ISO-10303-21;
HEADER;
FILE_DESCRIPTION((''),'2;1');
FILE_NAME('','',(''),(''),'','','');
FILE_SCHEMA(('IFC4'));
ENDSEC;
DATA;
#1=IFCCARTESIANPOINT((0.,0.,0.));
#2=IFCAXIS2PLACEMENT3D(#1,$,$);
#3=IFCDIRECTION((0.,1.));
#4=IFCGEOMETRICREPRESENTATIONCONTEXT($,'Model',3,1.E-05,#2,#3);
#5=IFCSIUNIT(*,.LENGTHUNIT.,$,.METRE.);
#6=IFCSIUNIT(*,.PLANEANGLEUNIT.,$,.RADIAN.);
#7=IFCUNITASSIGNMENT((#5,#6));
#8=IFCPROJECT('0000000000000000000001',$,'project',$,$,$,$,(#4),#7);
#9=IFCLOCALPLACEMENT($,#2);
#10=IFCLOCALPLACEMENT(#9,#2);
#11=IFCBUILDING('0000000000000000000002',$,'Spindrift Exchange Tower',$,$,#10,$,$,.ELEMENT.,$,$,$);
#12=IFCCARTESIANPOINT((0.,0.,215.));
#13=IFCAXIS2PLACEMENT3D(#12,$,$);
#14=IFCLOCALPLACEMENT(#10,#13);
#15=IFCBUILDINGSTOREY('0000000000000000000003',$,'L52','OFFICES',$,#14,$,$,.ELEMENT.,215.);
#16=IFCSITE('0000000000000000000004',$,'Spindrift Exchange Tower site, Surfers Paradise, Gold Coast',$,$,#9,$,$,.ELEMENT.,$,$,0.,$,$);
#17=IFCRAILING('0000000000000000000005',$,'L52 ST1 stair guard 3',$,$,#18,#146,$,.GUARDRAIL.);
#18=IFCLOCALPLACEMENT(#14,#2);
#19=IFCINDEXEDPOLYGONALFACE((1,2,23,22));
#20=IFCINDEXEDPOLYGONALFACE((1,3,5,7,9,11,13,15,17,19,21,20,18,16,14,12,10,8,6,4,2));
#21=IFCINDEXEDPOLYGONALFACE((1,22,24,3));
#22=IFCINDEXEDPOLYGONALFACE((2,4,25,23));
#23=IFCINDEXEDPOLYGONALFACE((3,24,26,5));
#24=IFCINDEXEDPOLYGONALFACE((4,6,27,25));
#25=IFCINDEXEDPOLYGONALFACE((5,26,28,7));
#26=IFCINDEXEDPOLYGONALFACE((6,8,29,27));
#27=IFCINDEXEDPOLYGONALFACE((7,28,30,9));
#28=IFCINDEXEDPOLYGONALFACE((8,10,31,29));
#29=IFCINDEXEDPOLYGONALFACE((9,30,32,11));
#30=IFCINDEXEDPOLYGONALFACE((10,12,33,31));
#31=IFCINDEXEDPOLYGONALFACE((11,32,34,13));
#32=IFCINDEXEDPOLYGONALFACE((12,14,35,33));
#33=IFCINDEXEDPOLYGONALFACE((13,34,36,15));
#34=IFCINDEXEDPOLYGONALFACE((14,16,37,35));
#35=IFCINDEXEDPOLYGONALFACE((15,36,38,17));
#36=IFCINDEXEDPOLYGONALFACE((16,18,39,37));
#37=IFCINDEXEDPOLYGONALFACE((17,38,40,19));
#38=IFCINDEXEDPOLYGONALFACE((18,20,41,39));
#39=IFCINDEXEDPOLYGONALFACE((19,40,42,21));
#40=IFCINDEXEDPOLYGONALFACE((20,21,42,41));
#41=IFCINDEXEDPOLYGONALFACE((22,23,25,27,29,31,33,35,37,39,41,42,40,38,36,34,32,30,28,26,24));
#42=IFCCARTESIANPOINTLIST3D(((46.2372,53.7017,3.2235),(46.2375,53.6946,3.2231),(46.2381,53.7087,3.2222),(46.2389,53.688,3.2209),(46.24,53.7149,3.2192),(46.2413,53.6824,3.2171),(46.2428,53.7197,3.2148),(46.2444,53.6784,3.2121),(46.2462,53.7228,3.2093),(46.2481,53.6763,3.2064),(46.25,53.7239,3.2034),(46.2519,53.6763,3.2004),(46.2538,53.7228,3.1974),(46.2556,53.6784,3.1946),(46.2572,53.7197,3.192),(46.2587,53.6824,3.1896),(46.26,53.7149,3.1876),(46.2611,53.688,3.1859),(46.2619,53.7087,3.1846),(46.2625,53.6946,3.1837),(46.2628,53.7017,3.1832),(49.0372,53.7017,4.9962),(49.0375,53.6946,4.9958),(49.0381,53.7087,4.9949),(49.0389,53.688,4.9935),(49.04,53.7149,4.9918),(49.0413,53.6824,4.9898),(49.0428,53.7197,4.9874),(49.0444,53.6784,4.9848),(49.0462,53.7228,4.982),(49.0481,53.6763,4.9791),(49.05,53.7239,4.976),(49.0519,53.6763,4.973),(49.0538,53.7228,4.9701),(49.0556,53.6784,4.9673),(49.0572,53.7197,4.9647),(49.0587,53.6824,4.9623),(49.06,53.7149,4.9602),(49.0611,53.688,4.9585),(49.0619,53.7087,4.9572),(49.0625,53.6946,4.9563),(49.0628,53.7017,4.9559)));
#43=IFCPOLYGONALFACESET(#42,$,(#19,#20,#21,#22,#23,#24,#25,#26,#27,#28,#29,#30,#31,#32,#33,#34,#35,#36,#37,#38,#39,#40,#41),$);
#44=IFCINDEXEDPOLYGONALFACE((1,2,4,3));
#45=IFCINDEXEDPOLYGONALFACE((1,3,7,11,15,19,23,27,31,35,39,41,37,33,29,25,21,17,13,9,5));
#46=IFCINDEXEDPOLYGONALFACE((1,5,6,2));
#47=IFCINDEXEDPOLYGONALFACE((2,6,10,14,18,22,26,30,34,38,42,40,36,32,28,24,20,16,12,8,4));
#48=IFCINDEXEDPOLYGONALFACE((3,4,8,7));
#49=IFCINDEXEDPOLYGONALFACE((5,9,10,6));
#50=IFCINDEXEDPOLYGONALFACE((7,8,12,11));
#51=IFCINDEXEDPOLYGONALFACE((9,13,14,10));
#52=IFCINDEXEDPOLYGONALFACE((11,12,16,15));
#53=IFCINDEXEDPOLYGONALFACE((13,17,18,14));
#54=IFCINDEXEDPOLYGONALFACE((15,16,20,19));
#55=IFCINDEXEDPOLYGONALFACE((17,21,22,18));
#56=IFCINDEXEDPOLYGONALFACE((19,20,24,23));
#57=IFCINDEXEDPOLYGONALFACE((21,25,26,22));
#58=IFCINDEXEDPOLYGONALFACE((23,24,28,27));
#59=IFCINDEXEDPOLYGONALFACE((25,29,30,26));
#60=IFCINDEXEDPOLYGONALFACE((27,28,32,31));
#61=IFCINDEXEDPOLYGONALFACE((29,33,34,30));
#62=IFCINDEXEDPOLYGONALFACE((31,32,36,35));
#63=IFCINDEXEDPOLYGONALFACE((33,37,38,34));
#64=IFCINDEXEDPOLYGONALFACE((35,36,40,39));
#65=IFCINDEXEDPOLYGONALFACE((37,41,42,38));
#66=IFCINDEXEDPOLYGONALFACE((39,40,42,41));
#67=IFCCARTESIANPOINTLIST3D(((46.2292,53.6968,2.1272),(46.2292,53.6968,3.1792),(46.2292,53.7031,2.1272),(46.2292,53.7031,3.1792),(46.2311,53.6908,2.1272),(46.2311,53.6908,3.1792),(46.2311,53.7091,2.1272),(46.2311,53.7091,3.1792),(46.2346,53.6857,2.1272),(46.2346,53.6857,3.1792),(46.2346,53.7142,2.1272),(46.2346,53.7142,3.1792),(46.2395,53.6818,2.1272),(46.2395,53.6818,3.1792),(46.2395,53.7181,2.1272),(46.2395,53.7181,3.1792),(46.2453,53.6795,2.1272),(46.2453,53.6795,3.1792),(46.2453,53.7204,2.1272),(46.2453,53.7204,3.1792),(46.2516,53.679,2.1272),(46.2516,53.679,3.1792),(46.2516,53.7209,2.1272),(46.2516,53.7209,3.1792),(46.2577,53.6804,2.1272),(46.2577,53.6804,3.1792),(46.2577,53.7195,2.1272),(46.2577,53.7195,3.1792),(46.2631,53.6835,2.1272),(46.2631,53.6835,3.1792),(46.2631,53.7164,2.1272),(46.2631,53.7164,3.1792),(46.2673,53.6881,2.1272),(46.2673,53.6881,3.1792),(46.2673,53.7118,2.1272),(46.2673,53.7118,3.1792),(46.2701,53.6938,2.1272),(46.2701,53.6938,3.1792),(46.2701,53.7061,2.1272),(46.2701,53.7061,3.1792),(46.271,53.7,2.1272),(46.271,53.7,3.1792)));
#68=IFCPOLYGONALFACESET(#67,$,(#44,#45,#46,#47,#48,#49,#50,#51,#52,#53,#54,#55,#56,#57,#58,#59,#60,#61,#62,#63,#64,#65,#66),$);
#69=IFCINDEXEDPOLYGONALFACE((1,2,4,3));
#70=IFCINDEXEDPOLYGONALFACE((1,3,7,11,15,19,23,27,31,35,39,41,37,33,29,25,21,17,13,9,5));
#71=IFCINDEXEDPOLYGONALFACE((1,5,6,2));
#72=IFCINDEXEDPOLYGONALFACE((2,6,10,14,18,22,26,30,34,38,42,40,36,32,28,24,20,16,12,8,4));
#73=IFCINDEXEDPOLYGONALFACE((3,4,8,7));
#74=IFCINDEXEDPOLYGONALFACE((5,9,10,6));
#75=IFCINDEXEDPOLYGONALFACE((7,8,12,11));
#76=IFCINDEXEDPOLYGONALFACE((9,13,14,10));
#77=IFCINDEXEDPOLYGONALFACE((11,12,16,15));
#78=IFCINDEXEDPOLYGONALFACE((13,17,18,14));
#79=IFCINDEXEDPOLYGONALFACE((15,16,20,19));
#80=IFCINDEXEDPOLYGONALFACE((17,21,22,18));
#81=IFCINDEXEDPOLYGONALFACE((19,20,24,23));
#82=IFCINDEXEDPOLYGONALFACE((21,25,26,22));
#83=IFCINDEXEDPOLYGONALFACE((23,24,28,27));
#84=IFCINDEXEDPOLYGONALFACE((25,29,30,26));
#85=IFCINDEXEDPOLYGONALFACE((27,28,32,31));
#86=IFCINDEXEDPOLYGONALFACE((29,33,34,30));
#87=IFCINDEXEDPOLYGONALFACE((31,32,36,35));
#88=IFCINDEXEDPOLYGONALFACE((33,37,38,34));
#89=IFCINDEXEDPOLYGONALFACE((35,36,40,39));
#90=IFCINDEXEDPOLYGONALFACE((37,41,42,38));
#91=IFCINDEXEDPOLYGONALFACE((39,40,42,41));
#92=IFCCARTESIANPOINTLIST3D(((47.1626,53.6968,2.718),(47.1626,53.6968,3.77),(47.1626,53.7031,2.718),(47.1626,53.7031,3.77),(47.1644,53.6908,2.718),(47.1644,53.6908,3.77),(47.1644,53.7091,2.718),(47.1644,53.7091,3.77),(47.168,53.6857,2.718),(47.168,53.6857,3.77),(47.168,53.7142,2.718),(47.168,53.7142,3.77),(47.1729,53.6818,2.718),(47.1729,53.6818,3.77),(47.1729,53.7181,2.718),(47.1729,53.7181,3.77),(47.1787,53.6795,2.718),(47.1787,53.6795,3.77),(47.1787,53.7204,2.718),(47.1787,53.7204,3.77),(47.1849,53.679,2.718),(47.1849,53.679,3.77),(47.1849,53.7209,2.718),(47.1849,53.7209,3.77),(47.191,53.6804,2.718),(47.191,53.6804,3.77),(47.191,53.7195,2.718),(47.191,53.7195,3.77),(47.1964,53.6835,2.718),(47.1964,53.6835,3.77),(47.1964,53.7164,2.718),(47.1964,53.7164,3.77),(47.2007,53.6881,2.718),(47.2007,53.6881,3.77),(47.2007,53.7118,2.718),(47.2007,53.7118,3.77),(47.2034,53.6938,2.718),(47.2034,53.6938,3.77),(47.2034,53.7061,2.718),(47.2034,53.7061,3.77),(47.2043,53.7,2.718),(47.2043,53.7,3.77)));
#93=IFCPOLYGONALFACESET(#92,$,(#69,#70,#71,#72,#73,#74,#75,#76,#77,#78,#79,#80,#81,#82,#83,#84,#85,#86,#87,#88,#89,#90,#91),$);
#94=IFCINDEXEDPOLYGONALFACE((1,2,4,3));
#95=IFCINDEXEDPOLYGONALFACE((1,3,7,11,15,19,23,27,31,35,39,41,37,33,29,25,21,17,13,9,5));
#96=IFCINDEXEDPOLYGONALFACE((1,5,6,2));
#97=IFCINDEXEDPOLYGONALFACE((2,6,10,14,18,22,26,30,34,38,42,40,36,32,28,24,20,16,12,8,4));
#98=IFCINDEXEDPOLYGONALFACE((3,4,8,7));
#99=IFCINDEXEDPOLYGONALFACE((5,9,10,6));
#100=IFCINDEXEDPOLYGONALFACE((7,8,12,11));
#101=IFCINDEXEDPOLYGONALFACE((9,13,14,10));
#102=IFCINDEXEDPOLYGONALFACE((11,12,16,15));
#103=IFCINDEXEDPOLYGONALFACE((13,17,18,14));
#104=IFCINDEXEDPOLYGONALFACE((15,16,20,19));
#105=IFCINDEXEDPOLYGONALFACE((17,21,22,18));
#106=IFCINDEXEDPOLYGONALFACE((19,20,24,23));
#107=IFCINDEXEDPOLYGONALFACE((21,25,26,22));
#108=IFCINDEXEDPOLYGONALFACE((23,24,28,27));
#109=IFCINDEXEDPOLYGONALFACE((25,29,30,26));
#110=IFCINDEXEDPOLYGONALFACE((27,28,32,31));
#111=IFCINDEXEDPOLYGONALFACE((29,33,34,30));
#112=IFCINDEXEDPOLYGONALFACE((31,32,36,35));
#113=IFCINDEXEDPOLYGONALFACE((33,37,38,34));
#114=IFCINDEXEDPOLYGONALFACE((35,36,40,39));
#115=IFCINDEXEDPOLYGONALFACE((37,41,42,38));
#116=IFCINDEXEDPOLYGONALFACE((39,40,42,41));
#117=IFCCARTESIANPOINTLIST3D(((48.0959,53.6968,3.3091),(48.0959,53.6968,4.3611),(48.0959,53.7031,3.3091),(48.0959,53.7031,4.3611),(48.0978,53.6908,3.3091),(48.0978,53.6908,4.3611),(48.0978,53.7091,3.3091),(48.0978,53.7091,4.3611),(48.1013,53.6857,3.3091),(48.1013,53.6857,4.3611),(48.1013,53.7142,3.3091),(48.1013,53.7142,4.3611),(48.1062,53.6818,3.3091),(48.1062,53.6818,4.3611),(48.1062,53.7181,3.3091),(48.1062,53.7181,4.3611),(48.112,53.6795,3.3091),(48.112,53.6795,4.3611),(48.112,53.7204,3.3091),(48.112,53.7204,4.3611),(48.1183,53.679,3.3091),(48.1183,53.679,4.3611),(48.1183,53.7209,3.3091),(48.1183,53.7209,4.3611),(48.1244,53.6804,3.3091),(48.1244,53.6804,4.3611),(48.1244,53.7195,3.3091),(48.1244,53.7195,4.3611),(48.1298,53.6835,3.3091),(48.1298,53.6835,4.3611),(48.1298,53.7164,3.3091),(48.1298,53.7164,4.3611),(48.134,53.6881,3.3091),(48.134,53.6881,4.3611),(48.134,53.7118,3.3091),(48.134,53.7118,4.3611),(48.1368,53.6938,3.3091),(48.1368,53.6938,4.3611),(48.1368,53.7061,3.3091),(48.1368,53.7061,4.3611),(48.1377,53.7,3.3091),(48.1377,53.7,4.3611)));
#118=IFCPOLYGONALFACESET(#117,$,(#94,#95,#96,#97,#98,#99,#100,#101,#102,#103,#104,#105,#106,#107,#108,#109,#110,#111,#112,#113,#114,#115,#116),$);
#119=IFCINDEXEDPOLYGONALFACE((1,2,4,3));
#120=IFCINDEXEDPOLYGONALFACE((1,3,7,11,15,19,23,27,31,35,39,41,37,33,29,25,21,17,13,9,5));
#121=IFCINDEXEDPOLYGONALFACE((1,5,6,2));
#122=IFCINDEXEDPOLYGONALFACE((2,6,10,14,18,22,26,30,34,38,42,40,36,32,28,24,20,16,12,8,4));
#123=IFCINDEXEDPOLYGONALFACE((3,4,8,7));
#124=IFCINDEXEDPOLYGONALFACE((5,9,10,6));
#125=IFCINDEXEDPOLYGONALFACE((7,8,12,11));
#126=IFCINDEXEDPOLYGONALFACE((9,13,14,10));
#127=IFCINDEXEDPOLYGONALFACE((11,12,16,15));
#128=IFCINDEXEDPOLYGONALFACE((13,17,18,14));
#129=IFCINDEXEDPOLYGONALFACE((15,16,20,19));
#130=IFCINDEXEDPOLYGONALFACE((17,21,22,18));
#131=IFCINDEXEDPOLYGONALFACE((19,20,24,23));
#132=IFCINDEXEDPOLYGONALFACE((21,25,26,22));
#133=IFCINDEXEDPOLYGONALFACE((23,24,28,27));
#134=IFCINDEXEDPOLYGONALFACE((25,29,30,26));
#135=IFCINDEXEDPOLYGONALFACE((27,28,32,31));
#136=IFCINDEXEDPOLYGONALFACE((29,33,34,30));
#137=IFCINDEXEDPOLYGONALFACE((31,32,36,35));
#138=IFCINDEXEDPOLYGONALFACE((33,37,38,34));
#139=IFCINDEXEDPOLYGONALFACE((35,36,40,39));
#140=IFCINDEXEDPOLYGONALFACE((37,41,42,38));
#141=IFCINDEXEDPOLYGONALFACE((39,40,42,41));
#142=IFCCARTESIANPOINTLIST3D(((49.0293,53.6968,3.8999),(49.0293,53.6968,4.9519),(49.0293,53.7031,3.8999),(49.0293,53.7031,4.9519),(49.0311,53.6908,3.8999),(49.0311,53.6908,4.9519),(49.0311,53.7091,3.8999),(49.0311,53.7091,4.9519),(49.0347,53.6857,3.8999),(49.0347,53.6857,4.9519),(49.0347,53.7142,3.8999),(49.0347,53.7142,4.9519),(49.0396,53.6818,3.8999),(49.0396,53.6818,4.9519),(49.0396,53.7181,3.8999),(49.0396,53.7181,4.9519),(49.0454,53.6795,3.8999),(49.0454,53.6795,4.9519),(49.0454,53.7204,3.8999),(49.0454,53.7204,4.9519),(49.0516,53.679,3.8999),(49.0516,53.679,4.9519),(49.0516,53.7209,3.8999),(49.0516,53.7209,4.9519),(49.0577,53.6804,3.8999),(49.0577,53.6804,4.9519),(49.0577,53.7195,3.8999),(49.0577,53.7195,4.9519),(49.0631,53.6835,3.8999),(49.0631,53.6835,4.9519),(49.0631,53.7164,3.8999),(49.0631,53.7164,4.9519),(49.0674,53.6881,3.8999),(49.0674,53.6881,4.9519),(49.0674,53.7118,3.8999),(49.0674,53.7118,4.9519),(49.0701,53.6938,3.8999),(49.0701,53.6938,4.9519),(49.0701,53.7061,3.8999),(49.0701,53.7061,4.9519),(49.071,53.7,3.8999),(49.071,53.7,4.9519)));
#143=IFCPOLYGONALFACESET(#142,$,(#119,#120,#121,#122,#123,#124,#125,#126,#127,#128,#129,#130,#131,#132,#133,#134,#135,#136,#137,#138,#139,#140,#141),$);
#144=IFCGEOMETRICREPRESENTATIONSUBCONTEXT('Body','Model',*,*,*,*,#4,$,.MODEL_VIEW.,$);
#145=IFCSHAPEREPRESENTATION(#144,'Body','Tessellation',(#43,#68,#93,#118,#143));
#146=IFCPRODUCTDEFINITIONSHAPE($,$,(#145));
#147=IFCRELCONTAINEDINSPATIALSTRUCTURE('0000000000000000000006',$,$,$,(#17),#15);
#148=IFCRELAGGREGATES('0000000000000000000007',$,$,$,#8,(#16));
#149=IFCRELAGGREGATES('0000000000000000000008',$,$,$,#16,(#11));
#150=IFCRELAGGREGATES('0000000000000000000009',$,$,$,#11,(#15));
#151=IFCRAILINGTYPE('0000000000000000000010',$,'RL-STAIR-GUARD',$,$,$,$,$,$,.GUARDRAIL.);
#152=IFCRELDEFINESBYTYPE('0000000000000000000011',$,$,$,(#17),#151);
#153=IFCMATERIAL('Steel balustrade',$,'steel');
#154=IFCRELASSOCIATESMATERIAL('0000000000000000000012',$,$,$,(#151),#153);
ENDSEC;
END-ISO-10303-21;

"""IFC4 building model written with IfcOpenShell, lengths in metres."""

from ifc_helpers import new_model, si_unit, direction, frame, origin, origin_2d, place, context, subcontext, project, spatial, circle, extrude, material, type_object, element, save


model = new_model("IFC4")

# Units and contexts
model_context = context("Model", 3, precision=1e-05, world=origin(), true_north=direction((0.0, 1.0)))
body_context = subcontext(model_context, "Body", "Model", "MODEL_VIEW")
ifc_project = project(units=[si_unit("LENGTHUNIT", "METRE"), si_unit("PLANEANGLEUNIT", "RADIAN")], contexts=[model_context])

# Site, building, storey
site_placement = place(None, origin())
site = spatial("IfcSite", under=ifc_project, at=site_placement, Name="Spindrift Exchange Tower site, Surfers Paradise, Gold Coast", CompositionType="ELEMENT", RefElevation=0.0)
building_placement = place(site_placement, origin())
building = spatial("IfcBuilding", under=site, at=building_placement, Name="Spindrift Exchange Tower", CompositionType="ELEMENT")
storey_placement = place(building_placement, frame((0.0, 0.0, 215.0)))
storey = spatial("IfcBuildingStorey", under=building, at=storey_placement, Name="L52", Description="OFFICES", CompositionType="ELEMENT", Elevation=215.0)

# Railing
ifc_material_1 = material(Name="Steel balustrade", Category="steel")
railing_type_1 = type_object("IfcRailingType", Name="RL-STAIR-GUARD", PredefinedType="GUARDRAIL", material=ifc_material_1)
railing_1_placement = place(storey_placement, frame((46.25, 53.7, 2.1272)))
element("IfcRailing", 1, at=railing_1_placement, inside=storey, type_object=railing_type_1, Name="L52 ST1 stair guard 3", PredefinedType="GUARDRAIL", context=body_context, shape_type="SweptSolid", body=[
    extrude(circle(Radius=0.0239, at=origin_2d()), frame((0.0, 0.0, 1.0762), z_axis=(0.844909, 0.0, 0.53491), x_axis=(0.0, 1.0, 0.0)), (0.0, 0.0, 1.0), 3.314),
    extrude(circle(Radius=0.021, at=origin_2d()), origin(), (0.0, 0.0, 1.0), 1.052),
    extrude(circle(Radius=0.021, at=origin_2d()), frame((0.9333, 0.0, 0.5908)), (0.0, 0.0, 1.0), 1.052),
    extrude(circle(Radius=0.021, at=origin_2d()), frame((1.8667, 0.0, 1.1819)), (0.0, 0.0, 1.0), 1.052),
    extrude(circle(Radius=0.021, at=origin_2d()), frame((2.8, 0.0, 1.7727)), (0.0, 0.0, 1.0), 1.052),
])

save(model, "model.ifc")
